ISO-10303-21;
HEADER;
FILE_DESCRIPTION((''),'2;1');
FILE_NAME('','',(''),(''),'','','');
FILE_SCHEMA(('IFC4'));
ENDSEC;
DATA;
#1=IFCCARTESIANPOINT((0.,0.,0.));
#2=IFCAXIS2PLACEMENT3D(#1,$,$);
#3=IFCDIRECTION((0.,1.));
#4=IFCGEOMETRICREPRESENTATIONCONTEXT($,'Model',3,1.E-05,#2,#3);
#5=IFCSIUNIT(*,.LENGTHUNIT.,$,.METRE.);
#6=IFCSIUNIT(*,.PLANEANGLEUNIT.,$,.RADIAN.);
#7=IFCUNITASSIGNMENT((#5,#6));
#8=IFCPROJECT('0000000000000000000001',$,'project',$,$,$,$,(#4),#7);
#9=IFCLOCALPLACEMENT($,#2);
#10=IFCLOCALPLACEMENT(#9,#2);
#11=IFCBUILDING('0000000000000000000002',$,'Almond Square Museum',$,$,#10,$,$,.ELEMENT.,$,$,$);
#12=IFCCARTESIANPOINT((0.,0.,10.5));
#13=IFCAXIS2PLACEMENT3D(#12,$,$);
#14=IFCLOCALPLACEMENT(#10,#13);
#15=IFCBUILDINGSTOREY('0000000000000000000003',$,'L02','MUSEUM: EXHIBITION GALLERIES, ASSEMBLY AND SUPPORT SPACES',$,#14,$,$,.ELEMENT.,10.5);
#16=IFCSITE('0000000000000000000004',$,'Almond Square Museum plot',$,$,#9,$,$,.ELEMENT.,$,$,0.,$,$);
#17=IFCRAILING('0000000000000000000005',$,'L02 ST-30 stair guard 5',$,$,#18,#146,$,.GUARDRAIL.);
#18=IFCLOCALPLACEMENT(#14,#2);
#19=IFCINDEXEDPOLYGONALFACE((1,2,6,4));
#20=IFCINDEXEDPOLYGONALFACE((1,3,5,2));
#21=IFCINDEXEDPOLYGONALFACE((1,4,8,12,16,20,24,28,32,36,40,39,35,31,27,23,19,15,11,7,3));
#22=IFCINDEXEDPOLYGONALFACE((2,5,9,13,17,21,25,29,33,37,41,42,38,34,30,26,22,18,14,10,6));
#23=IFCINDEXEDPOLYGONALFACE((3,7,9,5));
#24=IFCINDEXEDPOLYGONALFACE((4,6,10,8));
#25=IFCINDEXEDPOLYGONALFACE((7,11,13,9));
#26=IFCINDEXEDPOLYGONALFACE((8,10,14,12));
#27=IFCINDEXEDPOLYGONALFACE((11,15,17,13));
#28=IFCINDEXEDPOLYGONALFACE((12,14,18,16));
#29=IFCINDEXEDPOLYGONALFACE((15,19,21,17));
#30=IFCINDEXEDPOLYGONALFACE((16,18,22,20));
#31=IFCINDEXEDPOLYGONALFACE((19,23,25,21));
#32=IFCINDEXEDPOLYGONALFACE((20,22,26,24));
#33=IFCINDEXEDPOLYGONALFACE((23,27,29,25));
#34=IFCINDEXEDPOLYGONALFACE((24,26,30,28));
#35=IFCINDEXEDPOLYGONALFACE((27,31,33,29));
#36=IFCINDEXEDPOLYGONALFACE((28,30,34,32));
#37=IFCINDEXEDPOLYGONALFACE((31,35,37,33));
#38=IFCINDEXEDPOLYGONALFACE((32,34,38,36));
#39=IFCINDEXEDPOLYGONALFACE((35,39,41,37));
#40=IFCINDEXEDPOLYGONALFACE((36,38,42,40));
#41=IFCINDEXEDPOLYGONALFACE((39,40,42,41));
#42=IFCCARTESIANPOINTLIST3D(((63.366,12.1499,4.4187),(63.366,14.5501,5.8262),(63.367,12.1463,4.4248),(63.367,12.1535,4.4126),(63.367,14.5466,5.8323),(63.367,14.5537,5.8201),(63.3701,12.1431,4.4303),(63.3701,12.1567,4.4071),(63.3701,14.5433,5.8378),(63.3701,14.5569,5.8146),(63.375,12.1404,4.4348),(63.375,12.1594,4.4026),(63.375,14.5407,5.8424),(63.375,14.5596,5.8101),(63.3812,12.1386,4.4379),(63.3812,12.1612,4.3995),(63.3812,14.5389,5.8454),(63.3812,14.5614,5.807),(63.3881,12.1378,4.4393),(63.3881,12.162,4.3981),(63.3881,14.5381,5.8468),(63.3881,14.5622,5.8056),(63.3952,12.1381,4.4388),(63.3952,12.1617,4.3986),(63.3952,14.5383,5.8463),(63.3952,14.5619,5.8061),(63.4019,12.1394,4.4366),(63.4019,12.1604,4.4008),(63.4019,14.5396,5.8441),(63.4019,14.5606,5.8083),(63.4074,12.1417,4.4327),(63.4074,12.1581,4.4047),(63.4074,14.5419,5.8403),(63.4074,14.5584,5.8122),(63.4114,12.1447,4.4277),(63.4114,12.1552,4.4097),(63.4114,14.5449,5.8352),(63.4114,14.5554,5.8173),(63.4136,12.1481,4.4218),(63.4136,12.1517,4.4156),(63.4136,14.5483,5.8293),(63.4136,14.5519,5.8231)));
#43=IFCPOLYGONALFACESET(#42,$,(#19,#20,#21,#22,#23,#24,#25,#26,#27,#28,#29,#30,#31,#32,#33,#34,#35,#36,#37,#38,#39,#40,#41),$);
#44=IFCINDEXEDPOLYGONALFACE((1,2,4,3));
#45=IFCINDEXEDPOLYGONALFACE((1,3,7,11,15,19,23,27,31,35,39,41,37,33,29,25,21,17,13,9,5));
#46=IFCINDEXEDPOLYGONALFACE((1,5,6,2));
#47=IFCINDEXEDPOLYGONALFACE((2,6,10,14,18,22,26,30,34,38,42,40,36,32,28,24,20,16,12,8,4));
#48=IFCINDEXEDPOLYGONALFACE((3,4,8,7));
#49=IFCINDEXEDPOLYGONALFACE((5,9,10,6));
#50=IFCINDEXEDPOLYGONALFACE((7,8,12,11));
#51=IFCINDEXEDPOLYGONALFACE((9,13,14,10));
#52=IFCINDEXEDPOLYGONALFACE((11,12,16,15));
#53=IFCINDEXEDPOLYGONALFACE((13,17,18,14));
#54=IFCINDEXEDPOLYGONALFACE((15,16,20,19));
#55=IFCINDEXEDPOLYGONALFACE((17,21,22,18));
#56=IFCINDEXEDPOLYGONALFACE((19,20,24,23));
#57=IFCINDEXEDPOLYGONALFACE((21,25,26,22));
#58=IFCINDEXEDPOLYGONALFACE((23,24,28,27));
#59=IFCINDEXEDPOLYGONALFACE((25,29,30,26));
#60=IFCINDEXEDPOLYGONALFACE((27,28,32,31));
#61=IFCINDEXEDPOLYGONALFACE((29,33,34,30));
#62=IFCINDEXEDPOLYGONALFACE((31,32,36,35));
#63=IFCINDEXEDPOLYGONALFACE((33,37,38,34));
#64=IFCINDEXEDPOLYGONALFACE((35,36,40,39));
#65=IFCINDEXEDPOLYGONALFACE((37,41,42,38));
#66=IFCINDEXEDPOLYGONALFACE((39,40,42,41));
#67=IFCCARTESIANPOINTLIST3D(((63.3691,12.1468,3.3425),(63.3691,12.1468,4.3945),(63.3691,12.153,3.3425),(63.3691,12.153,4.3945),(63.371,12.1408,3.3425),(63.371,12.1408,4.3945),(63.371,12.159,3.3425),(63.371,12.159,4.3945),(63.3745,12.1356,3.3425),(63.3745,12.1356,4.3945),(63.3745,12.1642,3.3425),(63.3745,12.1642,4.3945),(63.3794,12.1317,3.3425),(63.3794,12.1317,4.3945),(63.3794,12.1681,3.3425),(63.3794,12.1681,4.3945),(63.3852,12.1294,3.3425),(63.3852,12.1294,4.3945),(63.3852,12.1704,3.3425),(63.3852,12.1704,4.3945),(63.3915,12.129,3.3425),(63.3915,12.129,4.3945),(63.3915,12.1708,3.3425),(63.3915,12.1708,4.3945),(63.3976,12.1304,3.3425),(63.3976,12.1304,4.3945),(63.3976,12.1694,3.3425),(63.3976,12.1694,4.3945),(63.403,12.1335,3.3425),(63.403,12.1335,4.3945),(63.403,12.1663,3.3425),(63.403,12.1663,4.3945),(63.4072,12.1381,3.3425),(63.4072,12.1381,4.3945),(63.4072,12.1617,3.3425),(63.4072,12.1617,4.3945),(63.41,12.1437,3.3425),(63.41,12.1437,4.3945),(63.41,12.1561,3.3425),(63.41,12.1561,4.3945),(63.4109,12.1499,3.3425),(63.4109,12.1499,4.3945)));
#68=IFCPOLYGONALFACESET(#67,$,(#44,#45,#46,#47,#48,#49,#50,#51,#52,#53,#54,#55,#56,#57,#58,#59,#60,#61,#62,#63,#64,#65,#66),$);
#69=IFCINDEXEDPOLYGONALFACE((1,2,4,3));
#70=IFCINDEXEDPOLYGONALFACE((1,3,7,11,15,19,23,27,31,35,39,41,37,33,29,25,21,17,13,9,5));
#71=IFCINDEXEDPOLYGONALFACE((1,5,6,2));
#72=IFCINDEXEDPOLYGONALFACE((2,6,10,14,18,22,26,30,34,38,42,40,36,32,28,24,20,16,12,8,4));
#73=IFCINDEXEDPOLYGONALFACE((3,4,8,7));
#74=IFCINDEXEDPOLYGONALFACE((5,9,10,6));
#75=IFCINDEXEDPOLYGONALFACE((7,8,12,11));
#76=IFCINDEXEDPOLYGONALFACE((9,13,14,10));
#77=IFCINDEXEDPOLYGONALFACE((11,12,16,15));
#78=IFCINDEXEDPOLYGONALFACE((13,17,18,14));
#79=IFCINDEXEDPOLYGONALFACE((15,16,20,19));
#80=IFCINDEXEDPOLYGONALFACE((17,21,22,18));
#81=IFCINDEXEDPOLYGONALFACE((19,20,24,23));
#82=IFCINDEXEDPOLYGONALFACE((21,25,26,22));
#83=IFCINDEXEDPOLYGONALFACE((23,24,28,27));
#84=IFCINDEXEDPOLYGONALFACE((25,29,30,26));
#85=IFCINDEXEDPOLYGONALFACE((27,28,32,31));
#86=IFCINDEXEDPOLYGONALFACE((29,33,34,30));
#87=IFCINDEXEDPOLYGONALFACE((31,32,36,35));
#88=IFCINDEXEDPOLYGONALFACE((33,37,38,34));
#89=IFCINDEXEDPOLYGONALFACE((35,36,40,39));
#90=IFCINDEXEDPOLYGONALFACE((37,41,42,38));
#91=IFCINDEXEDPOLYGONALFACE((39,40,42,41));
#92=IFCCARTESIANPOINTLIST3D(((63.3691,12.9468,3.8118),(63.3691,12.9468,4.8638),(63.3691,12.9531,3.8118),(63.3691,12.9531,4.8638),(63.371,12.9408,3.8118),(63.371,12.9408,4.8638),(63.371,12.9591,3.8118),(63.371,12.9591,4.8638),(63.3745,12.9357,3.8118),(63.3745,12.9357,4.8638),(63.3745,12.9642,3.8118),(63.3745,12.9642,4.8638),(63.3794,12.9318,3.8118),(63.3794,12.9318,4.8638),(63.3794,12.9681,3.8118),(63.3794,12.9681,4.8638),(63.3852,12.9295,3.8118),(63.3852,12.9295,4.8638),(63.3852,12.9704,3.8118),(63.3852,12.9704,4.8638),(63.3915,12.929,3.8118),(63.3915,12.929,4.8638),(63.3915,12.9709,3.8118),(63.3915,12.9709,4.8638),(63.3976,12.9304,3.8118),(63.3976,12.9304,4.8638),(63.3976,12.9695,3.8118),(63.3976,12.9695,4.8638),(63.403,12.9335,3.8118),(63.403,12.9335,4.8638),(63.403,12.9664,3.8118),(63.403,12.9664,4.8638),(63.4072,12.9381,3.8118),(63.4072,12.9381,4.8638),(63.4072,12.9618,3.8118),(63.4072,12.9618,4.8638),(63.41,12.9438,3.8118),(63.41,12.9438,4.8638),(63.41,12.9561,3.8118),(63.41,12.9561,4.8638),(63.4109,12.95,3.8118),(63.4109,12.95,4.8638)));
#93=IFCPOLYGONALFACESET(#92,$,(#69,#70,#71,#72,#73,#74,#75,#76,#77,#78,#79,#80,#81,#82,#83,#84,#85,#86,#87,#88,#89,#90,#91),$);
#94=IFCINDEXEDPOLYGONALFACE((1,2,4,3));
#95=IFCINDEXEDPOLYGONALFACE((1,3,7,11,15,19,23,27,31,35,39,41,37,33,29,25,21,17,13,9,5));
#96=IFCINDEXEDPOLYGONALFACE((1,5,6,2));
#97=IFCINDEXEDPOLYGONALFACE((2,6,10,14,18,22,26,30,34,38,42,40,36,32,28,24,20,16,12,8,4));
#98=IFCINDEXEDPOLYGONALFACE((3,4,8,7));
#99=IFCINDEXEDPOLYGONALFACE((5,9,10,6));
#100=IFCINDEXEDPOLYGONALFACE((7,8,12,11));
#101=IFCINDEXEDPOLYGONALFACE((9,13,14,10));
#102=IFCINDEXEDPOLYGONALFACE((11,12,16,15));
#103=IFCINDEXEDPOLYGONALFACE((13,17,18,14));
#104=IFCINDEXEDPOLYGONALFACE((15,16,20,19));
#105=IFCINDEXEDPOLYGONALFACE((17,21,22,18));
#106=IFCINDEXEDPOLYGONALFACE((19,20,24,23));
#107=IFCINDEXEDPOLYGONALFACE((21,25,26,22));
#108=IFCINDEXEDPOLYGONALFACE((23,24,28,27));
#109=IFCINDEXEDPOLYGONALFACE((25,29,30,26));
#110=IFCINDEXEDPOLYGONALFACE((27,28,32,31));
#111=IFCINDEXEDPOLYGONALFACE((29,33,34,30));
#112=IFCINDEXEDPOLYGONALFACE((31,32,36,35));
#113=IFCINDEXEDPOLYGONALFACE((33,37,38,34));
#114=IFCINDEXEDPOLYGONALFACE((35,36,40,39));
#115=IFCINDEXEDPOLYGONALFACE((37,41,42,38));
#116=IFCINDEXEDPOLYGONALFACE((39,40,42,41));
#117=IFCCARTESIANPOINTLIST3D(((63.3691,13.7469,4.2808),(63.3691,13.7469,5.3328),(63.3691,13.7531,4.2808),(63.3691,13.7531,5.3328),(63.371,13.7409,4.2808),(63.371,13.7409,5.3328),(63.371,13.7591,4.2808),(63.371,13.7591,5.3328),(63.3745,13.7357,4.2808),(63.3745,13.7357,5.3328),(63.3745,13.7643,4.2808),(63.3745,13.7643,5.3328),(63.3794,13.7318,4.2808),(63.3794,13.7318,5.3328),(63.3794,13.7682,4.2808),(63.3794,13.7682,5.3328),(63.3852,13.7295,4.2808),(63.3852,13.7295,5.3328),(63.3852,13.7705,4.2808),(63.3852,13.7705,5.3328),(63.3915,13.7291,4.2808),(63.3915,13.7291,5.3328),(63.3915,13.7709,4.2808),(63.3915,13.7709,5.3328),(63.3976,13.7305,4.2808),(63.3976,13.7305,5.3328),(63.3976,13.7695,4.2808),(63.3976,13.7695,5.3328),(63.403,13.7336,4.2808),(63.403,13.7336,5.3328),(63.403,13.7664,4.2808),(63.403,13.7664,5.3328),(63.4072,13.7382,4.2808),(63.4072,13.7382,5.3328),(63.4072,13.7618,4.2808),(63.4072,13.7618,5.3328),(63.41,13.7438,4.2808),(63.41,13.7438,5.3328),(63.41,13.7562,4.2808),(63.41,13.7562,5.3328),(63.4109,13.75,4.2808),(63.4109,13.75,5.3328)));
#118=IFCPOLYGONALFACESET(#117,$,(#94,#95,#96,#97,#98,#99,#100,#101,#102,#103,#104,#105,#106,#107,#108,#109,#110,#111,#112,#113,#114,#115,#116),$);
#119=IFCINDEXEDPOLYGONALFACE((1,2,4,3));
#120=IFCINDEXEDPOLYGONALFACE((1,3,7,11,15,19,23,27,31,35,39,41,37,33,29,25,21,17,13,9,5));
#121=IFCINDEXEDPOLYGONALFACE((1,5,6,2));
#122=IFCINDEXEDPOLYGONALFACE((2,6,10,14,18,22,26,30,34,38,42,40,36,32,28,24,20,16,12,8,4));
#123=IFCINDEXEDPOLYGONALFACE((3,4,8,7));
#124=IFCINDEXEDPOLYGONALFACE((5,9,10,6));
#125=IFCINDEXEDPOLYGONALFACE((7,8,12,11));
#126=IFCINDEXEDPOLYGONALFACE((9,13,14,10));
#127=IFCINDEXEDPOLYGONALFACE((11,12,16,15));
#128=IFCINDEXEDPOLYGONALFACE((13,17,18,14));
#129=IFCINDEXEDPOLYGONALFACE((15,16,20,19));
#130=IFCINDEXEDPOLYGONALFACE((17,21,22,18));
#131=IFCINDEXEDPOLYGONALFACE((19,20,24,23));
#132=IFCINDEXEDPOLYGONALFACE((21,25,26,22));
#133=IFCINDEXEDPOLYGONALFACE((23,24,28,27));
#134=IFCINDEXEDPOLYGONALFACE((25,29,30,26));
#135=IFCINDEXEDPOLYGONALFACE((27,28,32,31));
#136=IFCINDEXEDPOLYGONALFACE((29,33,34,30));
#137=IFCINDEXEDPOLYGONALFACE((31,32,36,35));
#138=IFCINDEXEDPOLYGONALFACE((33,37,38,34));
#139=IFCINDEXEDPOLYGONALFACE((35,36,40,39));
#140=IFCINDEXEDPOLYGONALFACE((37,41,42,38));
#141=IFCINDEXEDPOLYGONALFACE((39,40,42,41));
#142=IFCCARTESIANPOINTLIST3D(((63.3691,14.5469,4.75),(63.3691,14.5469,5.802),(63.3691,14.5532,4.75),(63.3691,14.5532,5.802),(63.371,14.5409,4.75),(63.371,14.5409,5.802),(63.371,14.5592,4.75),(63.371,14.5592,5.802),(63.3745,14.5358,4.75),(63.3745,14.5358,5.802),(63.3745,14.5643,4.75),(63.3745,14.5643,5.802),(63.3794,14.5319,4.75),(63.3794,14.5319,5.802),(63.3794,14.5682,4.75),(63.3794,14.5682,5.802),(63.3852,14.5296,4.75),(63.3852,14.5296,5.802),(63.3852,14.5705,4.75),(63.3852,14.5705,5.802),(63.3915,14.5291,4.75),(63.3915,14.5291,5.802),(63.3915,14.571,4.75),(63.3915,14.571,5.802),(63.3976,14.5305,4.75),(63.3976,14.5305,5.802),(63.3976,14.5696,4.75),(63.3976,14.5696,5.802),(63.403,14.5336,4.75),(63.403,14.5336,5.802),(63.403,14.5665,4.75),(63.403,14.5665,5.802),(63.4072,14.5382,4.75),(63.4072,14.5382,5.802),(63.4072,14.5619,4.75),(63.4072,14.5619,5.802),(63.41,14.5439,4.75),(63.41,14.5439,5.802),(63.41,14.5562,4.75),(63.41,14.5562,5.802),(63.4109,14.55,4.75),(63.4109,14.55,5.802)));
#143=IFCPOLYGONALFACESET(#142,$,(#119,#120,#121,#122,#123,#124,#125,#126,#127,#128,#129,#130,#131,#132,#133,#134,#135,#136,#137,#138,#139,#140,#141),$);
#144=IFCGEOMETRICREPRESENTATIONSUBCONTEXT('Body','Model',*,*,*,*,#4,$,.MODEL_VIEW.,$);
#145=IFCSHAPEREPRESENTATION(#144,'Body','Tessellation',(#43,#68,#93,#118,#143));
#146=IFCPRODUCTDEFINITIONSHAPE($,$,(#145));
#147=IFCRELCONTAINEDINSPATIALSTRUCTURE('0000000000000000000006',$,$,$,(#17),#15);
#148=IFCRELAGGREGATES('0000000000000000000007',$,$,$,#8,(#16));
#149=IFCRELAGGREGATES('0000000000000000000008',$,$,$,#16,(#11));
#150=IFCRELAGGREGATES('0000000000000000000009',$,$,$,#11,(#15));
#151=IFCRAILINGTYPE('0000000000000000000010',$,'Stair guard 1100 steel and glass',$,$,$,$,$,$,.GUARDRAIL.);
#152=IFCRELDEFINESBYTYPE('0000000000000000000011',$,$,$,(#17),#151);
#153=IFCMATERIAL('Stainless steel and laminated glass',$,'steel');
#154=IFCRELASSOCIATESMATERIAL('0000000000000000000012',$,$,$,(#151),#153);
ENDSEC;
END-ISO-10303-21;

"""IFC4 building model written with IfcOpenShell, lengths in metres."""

from ifc_helpers import new_model, si_unit, direction, frame, origin, origin_2d, place, context, subcontext, project, spatial, circle, extrude, material, type_object, element, save


model = new_model("IFC4")

# Units and contexts
model_context = context("Model", 3, precision=1e-05, world=origin(), true_north=direction((0.0, 1.0)))
body_context = subcontext(model_context, "Body", "Model", "MODEL_VIEW")
ifc_project = project(units=[si_unit("LENGTHUNIT", "METRE"), si_unit("PLANEANGLEUNIT", "RADIAN")], contexts=[model_context])

# Site, building, storey
site_placement = place(None, origin())
site = spatial("IfcSite", under=ifc_project, at=site_placement, Name="Almond Square Museum plot", CompositionType="ELEMENT", RefElevation=0.0)
building_placement = place(site_placement, origin())
building = spatial("IfcBuilding", under=site, at=building_placement, Name="Almond Square Museum", CompositionType="ELEMENT")
storey_placement = place(building_placement, frame((0.0, 0.0, 10.5)))
storey = spatial("IfcBuildingStorey", under=building, at=storey_placement, Name="L02", Description="MUSEUM: EXHIBITION GALLERIES, ASSEMBLY AND SUPPORT SPACES", CompositionType="ELEMENT", Elevation=10.5)

# Railing
ifc_material_1 = material(Name="Stainless steel and laminated glass", Category="steel")
railing_type_1 = type_object("IfcRailingType", Name="Stair guard 1100 steel and glass", PredefinedType="GUARDRAIL", material=ifc_material_1)
for number, where, name in (
    (1, (63.3899, 12.1499, 3.3425), "L02 ST-30 stair guard 5"),
):
    element("IfcRailing", number, at=place(storey_placement, frame(where)), inside=storey, type_object=railing_type_1, Name=name, PredefinedType="GUARDRAIL", context=body_context, shape_type="SweptSolid", body=[
        extrude(circle(Radius=0.0239, at=origin_2d()), frame((0.0, 0.0, 1.0762), z_axis=(0.0, 0.862621, 0.50585), x_axis=(-1.0, 0.0, 0.0)), (0.0, 0.0, 1.0), 2.7825),
        extrude(circle(Radius=0.021, at=origin_2d()), origin(), (0.0, 0.0, 1.0), 1.052),
        extrude(circle(Radius=0.021, at=origin_2d()), frame((0.0, 0.8, 0.4692)), (0.0, 0.0, 1.0), 1.052),
        extrude(circle(Radius=0.021, at=origin_2d()), frame((0.0, 1.6001, 0.9382)), (0.0, 0.0, 1.0), 1.052),
        extrude(circle(Radius=0.021, at=origin_2d()), frame((0.0, 2.4001, 1.4075)), (0.0, 0.0, 1.0), 1.052),
    ])

save(model, "model.ifc")
